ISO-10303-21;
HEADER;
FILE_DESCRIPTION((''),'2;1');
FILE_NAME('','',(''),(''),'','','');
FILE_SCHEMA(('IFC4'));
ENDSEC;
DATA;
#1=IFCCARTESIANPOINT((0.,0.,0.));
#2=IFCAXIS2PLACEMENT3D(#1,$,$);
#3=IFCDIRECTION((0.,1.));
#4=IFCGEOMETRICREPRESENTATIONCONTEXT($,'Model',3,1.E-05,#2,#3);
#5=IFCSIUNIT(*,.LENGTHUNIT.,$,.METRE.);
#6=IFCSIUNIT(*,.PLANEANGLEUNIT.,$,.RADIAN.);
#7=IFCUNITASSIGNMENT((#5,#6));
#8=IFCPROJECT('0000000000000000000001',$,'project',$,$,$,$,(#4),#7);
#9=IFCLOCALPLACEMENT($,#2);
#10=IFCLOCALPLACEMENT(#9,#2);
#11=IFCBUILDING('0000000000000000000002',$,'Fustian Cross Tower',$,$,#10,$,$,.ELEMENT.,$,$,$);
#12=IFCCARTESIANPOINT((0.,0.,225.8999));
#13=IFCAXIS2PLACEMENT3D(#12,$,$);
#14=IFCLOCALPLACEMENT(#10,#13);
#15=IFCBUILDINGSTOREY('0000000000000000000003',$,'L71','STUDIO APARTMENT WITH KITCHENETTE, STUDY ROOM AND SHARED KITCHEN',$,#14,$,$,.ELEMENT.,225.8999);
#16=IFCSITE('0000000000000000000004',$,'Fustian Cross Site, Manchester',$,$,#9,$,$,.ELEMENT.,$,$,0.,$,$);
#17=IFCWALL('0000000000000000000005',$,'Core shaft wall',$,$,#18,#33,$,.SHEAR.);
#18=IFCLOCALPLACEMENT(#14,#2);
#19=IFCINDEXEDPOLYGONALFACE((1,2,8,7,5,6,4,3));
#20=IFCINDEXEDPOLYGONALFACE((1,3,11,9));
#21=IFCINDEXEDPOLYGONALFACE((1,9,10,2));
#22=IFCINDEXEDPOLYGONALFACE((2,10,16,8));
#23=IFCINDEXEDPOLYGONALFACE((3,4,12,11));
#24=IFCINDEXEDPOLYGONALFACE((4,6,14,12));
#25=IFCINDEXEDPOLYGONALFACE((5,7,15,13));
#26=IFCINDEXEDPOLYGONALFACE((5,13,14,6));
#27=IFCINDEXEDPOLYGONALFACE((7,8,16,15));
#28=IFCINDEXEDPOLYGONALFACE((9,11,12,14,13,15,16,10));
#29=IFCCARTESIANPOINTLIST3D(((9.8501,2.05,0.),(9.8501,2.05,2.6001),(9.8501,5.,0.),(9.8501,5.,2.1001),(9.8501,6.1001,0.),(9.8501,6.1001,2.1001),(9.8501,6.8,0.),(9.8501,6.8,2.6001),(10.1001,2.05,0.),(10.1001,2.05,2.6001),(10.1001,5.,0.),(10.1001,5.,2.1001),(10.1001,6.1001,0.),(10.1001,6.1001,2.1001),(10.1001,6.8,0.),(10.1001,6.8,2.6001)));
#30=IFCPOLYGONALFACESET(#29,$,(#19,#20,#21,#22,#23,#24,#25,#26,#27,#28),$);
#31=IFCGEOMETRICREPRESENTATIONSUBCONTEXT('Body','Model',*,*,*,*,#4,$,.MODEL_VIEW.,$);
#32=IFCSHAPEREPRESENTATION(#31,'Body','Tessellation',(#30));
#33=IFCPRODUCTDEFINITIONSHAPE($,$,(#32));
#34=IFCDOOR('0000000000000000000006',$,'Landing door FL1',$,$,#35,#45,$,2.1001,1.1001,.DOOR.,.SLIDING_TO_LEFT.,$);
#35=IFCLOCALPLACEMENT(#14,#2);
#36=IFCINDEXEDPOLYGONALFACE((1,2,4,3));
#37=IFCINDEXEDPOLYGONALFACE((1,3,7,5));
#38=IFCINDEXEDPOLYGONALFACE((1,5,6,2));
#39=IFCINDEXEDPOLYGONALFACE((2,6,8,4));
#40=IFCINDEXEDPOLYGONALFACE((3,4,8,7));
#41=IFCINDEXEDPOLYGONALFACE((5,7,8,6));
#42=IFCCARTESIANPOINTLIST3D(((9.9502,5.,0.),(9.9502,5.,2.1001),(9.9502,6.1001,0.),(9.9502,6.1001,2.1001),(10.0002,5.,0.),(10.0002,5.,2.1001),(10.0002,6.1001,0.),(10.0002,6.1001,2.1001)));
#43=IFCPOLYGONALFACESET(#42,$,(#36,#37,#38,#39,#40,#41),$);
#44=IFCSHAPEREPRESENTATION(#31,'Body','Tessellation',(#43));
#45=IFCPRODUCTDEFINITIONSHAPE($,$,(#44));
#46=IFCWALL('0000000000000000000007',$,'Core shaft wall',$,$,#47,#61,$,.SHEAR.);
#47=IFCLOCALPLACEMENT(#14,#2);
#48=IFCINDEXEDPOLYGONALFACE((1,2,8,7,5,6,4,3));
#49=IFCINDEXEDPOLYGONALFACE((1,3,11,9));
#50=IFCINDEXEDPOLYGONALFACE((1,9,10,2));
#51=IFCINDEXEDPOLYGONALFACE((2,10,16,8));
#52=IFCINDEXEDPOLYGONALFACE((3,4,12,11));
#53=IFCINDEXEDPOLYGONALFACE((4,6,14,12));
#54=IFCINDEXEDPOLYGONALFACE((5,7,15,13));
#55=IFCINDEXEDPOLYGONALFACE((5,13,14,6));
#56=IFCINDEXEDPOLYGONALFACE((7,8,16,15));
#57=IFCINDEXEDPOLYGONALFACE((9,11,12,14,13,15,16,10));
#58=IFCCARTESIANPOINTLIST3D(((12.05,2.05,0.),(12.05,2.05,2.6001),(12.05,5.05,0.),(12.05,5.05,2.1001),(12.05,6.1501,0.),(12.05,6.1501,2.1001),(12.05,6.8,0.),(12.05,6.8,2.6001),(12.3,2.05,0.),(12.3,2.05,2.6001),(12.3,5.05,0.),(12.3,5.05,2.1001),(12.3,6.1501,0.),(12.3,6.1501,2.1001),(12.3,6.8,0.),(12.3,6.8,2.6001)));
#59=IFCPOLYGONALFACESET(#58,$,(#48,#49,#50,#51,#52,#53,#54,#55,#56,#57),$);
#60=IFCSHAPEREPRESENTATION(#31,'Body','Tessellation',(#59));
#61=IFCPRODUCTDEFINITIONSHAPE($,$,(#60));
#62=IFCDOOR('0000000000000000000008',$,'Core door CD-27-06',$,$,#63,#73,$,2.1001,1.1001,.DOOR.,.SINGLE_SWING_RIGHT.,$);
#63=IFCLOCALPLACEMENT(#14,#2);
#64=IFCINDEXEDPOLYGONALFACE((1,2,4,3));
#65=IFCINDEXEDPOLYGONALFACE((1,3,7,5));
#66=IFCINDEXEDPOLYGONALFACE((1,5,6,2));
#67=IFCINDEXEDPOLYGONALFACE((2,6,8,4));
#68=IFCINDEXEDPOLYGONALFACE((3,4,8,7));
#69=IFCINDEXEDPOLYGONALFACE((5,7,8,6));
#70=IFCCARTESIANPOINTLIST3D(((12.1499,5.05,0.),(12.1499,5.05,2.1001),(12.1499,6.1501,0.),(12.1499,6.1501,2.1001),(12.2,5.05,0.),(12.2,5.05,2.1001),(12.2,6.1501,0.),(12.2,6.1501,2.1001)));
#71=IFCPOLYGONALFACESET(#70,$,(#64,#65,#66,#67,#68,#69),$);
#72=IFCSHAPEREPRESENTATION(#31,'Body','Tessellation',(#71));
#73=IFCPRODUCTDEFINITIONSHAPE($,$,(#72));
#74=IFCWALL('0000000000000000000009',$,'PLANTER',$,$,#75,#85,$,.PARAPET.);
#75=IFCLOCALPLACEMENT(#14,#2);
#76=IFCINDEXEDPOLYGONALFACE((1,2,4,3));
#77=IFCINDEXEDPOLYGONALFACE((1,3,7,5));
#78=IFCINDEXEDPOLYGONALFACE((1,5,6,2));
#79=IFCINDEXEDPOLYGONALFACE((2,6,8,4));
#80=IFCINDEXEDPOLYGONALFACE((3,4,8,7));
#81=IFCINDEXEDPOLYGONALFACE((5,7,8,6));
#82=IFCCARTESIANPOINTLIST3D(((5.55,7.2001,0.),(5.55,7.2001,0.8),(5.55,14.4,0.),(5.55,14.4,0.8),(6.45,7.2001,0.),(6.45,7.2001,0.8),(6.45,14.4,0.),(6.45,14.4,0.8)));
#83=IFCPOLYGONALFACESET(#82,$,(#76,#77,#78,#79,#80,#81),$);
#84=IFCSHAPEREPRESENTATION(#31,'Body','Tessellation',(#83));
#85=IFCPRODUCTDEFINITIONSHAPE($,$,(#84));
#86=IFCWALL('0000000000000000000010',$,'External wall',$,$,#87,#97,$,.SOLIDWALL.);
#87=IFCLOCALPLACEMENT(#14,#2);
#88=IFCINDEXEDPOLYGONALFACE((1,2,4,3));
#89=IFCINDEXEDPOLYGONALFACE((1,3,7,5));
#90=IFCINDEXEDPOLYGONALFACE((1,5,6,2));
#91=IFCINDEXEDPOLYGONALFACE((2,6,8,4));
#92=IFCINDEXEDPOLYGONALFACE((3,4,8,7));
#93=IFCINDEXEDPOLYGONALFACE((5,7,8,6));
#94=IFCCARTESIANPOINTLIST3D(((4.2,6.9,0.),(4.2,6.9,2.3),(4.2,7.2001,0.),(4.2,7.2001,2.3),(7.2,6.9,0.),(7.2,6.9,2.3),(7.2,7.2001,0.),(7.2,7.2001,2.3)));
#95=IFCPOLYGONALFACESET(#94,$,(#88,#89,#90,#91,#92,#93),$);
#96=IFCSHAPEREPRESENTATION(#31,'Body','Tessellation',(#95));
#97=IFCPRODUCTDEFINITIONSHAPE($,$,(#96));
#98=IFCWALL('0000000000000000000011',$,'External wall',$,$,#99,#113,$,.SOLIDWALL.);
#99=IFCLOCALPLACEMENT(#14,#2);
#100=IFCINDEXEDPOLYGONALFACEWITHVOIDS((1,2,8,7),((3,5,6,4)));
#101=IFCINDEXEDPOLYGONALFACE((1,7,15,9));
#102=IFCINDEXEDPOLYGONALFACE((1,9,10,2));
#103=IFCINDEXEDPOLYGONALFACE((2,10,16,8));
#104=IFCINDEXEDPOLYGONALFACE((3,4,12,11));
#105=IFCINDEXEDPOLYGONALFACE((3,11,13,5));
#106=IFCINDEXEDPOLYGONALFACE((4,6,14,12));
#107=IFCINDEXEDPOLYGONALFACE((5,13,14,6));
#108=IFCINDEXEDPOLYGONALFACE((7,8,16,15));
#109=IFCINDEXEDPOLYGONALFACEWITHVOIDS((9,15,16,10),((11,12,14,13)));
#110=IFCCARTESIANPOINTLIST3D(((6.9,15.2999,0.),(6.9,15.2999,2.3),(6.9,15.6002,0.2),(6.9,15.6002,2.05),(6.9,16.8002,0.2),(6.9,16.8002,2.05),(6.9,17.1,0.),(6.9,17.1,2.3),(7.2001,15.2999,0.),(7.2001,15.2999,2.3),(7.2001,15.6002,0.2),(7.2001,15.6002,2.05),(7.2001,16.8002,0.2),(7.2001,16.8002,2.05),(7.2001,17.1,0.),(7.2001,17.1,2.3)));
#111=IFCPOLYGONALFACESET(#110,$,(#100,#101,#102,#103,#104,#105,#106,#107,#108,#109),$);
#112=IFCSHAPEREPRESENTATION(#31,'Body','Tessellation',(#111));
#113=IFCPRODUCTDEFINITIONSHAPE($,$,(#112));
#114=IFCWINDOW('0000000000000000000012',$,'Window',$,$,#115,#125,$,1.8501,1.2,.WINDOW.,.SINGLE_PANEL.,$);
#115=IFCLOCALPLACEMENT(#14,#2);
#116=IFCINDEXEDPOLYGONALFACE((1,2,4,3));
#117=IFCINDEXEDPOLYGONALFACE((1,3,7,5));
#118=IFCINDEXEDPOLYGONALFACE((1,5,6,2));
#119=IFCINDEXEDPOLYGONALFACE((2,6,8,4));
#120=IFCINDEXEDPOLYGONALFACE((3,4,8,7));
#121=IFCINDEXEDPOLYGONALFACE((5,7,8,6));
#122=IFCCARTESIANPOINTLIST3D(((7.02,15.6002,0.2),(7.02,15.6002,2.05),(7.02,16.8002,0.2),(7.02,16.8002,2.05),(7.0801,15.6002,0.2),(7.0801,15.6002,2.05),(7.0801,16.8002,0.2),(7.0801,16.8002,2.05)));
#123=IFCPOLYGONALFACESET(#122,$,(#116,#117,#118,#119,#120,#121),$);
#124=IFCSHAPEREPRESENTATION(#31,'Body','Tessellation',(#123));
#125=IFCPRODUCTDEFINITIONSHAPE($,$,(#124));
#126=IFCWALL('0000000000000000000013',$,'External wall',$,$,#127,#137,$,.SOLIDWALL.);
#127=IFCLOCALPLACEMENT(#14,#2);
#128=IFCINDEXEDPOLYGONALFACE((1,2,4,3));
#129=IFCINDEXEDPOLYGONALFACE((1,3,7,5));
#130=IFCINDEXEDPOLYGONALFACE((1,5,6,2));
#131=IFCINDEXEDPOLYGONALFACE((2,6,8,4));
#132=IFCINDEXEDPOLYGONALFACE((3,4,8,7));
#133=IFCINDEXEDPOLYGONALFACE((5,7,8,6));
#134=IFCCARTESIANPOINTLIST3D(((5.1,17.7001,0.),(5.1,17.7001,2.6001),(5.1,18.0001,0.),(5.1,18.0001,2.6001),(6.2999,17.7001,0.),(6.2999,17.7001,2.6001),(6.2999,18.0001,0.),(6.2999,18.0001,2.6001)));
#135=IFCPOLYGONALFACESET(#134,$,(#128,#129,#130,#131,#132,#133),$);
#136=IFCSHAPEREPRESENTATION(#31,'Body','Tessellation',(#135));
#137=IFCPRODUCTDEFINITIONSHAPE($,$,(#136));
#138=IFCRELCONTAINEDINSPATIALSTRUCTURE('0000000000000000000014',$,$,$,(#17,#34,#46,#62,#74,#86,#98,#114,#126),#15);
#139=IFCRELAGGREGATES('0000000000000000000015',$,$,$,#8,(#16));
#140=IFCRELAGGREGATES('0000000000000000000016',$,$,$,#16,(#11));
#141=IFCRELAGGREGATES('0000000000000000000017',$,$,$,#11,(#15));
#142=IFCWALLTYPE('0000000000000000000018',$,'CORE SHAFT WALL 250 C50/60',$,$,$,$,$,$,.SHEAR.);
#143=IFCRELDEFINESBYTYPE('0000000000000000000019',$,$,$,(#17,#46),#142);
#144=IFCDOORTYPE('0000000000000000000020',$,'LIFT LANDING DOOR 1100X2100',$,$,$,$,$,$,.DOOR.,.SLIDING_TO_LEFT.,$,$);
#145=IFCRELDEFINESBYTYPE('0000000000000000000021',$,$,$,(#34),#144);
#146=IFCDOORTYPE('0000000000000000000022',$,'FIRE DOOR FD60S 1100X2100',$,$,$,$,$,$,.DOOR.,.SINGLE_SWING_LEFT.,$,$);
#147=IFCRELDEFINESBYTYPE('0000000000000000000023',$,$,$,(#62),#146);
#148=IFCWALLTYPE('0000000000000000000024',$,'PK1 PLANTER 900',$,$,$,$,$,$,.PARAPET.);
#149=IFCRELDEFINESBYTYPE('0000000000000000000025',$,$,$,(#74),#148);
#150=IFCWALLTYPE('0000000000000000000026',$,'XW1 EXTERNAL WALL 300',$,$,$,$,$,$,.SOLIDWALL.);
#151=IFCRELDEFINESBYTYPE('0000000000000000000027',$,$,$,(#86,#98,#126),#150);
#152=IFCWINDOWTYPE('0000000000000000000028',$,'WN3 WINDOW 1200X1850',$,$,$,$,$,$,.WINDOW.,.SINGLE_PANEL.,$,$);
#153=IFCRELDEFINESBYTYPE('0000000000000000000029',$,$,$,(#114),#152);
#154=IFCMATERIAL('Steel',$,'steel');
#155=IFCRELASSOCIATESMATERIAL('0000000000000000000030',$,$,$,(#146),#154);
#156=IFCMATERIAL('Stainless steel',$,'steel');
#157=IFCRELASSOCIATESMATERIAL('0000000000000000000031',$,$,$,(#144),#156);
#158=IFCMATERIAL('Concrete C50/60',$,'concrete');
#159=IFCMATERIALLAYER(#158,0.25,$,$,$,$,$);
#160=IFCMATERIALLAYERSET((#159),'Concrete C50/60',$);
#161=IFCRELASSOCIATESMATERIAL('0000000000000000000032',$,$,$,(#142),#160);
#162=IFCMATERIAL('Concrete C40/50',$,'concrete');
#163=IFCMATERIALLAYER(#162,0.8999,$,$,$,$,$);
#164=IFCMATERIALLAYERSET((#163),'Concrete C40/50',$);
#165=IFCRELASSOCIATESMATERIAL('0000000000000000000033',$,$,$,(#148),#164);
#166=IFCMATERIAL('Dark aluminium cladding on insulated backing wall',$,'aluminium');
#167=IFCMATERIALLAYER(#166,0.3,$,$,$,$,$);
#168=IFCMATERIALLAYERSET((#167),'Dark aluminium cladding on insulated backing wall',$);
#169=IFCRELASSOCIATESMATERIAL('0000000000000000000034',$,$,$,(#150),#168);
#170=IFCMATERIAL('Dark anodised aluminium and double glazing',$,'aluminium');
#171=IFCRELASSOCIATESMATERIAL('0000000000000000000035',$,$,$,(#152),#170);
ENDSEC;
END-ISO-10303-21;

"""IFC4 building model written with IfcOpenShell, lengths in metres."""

from ifc_helpers import new_model, si_unit, direction, frame, frame_2d, origin, place, context, subcontext, project, spatial, rectangle, extrude, material, layer, layer_set, type_object, element, fill, save


model = new_model("IFC4")

# Units and contexts
model_context = context("Model", 3, precision=1e-05, world=origin(), true_north=direction((0.0, 1.0)))
body_context = subcontext(model_context, "Body", "Model", "MODEL_VIEW")
ifc_project = project(units=[si_unit("LENGTHUNIT", "METRE"), si_unit("PLANEANGLEUNIT", "RADIAN")], contexts=[model_context])

# Site, building, storey
site_placement = place(None, origin())
site = spatial("IfcSite", under=ifc_project, at=site_placement, Name="Fustian Cross Site, Manchester", CompositionType="ELEMENT", RefElevation=0.0)
building_placement = place(site_placement, origin())
building = spatial("IfcBuilding", under=site, at=building_placement, Name="Fustian Cross Tower", CompositionType="ELEMENT")
storey_placement = place(building_placement, frame((0.0, 0.0, 225.8999)))
storey = spatial("IfcBuildingStorey", under=building, at=storey_placement, Name="L71", Description="STUDIO APARTMENT WITH KITCHENETTE, STUDY ROOM AND SHARED KITCHEN", CompositionType="ELEMENT", Elevation=225.8999)

# Shared definitions
ifc_material_1 = material(Name="Steel", Category="steel")
door_type_1 = type_object("IfcDoorType", Name="FIRE DOOR FD60S 1100X2100", OperationType="SINGLE_SWING_LEFT", PredefinedType="DOOR", material=ifc_material_1)
ifc_material_2 = material(Name="Stainless steel", Category="steel")
door_type_2 = type_object("IfcDoorType", Name="LIFT LANDING DOOR 1100X2100", OperationType="SLIDING_TO_LEFT", PredefinedType="DOOR", material=ifc_material_2)

# Shared definitions
ifc_material_3 = material(Name="Concrete C50/60", Category="concrete")
ifc_layer_1 = layer(ifc_material_3, 0.25)
ifc_layer_set_1 = layer_set([ifc_layer_1], Name="Concrete C50/60")
wall_type_1 = type_object("IfcWallType", Name="CORE SHAFT WALL 250 C50/60", PredefinedType="SHEAR", material=ifc_layer_set_1)

# Walls, openings, doors
wall_1_placement = place(storey_placement, frame((9.9751, 2.05, 0.0), z_axis=(0.0, 0.0, 1.0), x_axis=(0.0, 1.0, 0.0)))
wall_1 = element("IfcWall", 1, at=wall_1_placement, inside=storey, type_object=wall_type_1, Name="Core shaft wall", PredefinedType="SHEAR", context=body_context, shape_type="SweptSolid", body=[
    extrude(rectangle(XDim=4.75, YDim=0.25, at=frame_2d((2.375, 0.0))), origin(), (0.0, 0.0, 1.0), 2.6001),
])
opening_1_placement = place(wall_1_placement, frame((2.95, 0.0, 0.0)))
opening_1 = element("IfcOpeningElement", 2, at=opening_1_placement, cuts=wall_1, PredefinedType="OPENING", context=body_context, shape_type="SweptSolid", body=[
    extrude(rectangle(XDim=1.1001, YDim=2.1001, at=frame_2d((0.55, 1.05))), frame((0.0, 0.135, 0.0), z_axis=(0.0, -1.0, 0.0), x_axis=(1.0, 0.0, 0.0)), (0.0, 0.0, 1.0), 0.27),
])
door_1_placement = place(opening_1_placement, origin())
door_1 = element("IfcDoor", 3, at=door_1_placement, inside=storey, type_object=door_type_2, Name="Landing door FL1", OperationType="SLIDING_TO_LEFT", OverallHeight=2.1001, OverallWidth=1.1001, PredefinedType="DOOR", context=body_context, shape_type="SweptSolid", body=[
    extrude(rectangle(XDim=1.1001, YDim=2.1001, at=frame_2d((0.55, 1.05))), frame((0.0, 0.0249, 0.0), z_axis=(0.0, -1.0, 0.0), x_axis=(1.0, 0.0, 0.0)), (0.0, 0.0, 1.0), 0.05),
])
fill(opening_1, door_1)
wall_2_placement = place(storey_placement, frame((12.175, 2.05, 0.0), z_axis=(0.0, 0.0, 1.0), x_axis=(0.0, 1.0, 0.0)))
wall_2 = element("IfcWall", 4, at=wall_2_placement, inside=storey, type_object=wall_type_1, Name="Core shaft wall", PredefinedType="SHEAR", context=body_context, shape_type="SweptSolid", body=[
    extrude(rectangle(XDim=4.75, YDim=0.25, at=frame_2d((2.375, 0.0))), origin(), (0.0, 0.0, 1.0), 2.6001),
])
opening_2_placement = place(wall_2_placement, frame((3.0, 0.0, 0.0)))
opening_2 = element("IfcOpeningElement", 5, at=opening_2_placement, cuts=wall_2, PredefinedType="OPENING", context=body_context, shape_type="SweptSolid", body=[
    extrude(rectangle(XDim=1.1001, YDim=2.1001, at=frame_2d((0.55, 1.05))), frame((0.0, 0.135, 0.0), z_axis=(0.0, -1.0, 0.0), x_axis=(1.0, 0.0, 0.0)), (0.0, 0.0, 1.0), 0.27),
])
door_2_placement = place(opening_2_placement, frame((1.1001, 0.0, 0.0), z_axis=(0.0, 0.0, 1.0), x_axis=(-1.0, 0.0, 0.0)))
door_2 = element("IfcDoor", 6, at=door_2_placement, inside=storey, type_object=door_type_1, Name="Core door CD-27-06", OperationType="SINGLE_SWING_RIGHT", OverallHeight=2.1001, OverallWidth=1.1001, PredefinedType="DOOR", context=body_context, shape_type="SweptSolid", body=[
    extrude(rectangle(XDim=1.1001, YDim=2.1001, at=frame_2d((0.55, 1.05))), frame((0.0, 0.0249, 0.0), z_axis=(0.0, -1.0, 0.0), x_axis=(1.0, 0.0, 0.0)), (0.0, 0.0, 1.0), 0.05),
])
fill(opening_2, door_2)

# Walls
ifc_material_4 = material(Name="Concrete C40/50", Category="concrete")
ifc_layer_2 = layer(ifc_material_4, 0.8999)
ifc_layer_set_2 = layer_set([ifc_layer_2], Name="Concrete C40/50")
wall_type_2 = type_object("IfcWallType", Name="PK1 PLANTER 900", PredefinedType="PARAPET", material=ifc_layer_set_2)
wall_3_placement = place(storey_placement, frame((6.0, 7.2, 0.0), z_axis=(0.0, 0.0, 1.0), x_axis=(0.0, 1.0, 0.0)))
element("IfcWall", 7, at=wall_3_placement, inside=storey, type_object=wall_type_2, Name="PLANTER", PredefinedType="PARAPET", context=body_context, shape_type="SweptSolid", body=[
    extrude(rectangle(XDim=7.2, YDim=0.8999, at=frame_2d((3.6001, 0.0))), origin(), (0.0, 0.0, 1.0), 0.8),
])
ifc_material_5 = material(Name="Dark aluminium cladding on insulated backing wall", Category="aluminium")
ifc_layer_3 = layer(ifc_material_5, 0.3)
ifc_layer_set_3 = layer_set([ifc_layer_3], Name="Dark aluminium cladding on insulated backing wall")
wall_type_3 = type_object("IfcWallType", Name="XW1 EXTERNAL WALL 300", PredefinedType="SOLIDWALL", material=ifc_layer_set_3)
wall_4_placement = place(storey_placement, frame((7.2, 7.05, 0.0), z_axis=(0.0, 0.0, 1.0), x_axis=(-1.0, 0.0, 0.0)))
element("IfcWall", 8, at=wall_4_placement, inside=storey, type_object=wall_type_3, Name="External wall", PredefinedType="SOLIDWALL", context=body_context, shape_type="SweptSolid", body=[
    extrude(rectangle(XDim=3.0, YDim=0.3, at=frame_2d((1.5, 0.0))), origin(), (0.0, 0.0, 1.0), 2.3),
])

# Wall, opening, window
wall_5_placement = place(storey_placement, frame((7.05, 15.3, 0.0), z_axis=(0.0, 0.0, 1.0), x_axis=(0.0, 1.0, 0.0)))
wall_5 = element("IfcWall", 9, at=wall_5_placement, inside=storey, type_object=wall_type_3, Name="External wall", PredefinedType="SOLIDWALL", context=body_context, shape_type="SweptSolid", body=[
    extrude(rectangle(XDim=1.8, YDim=0.3, at=frame_2d((0.8999, 0.0))), origin(), (0.0, 0.0, 1.0), 2.3),
])
opening_3_placement = place(wall_5_placement, frame((0.3, 0.0, 0.2)))
opening_3 = element("IfcOpeningElement", 10, at=opening_3_placement, cuts=wall_5, PredefinedType="OPENING", context=body_context, shape_type="SweptSolid", body=[
    extrude(rectangle(XDim=1.2, YDim=1.8501, at=frame_2d((0.6001, 0.925))), frame((0.0, 0.1599, 0.0), z_axis=(0.0, -1.0, 0.0), x_axis=(1.0, 0.0, 0.0)), (0.0, 0.0, 1.0), 0.3201),
])
ifc_material_6 = material(Name="Dark anodised aluminium and double glazing", Category="aluminium")
window_type = type_object("IfcWindowType", Name="WN3 WINDOW 1200X1850", PartitioningType="SINGLE_PANEL", PredefinedType="WINDOW", material=ifc_material_6)
window_placement = place(opening_3_placement, origin())
window = element("IfcWindow", 11, at=window_placement, inside=storey, type_object=window_type, Name="Window", OverallHeight=1.8501, OverallWidth=1.2, PartitioningType="SINGLE_PANEL", PredefinedType="WINDOW", context=body_context, shape_type="SweptSolid", body=[
    extrude(rectangle(XDim=1.2, YDim=1.8501, at=frame_2d((0.6001, 0.925))), frame((0.0, 0.03, 0.0), z_axis=(0.0, -1.0, 0.0), x_axis=(1.0, 0.0, 0.0)), (0.0, 0.0, 1.0), 0.0601),
])
fill(opening_3, window)

# Wall
wall_6_placement = place(storey_placement, frame((6.3, 17.8501, 0.0), z_axis=(0.0, 0.0, 1.0), x_axis=(-1.0, 0.0, 0.0)))
element("IfcWall", 12, at=wall_6_placement, inside=storey, type_object=wall_type_3, Name="External wall", PredefinedType="SOLIDWALL", context=body_context, shape_type="SweptSolid", body=[
    extrude(rectangle(XDim=1.2, YDim=0.3, at=frame_2d((0.6001, 0.0))), origin(), (0.0, 0.0, 1.0), 2.6001),
])

save(model, "model.ifc")
